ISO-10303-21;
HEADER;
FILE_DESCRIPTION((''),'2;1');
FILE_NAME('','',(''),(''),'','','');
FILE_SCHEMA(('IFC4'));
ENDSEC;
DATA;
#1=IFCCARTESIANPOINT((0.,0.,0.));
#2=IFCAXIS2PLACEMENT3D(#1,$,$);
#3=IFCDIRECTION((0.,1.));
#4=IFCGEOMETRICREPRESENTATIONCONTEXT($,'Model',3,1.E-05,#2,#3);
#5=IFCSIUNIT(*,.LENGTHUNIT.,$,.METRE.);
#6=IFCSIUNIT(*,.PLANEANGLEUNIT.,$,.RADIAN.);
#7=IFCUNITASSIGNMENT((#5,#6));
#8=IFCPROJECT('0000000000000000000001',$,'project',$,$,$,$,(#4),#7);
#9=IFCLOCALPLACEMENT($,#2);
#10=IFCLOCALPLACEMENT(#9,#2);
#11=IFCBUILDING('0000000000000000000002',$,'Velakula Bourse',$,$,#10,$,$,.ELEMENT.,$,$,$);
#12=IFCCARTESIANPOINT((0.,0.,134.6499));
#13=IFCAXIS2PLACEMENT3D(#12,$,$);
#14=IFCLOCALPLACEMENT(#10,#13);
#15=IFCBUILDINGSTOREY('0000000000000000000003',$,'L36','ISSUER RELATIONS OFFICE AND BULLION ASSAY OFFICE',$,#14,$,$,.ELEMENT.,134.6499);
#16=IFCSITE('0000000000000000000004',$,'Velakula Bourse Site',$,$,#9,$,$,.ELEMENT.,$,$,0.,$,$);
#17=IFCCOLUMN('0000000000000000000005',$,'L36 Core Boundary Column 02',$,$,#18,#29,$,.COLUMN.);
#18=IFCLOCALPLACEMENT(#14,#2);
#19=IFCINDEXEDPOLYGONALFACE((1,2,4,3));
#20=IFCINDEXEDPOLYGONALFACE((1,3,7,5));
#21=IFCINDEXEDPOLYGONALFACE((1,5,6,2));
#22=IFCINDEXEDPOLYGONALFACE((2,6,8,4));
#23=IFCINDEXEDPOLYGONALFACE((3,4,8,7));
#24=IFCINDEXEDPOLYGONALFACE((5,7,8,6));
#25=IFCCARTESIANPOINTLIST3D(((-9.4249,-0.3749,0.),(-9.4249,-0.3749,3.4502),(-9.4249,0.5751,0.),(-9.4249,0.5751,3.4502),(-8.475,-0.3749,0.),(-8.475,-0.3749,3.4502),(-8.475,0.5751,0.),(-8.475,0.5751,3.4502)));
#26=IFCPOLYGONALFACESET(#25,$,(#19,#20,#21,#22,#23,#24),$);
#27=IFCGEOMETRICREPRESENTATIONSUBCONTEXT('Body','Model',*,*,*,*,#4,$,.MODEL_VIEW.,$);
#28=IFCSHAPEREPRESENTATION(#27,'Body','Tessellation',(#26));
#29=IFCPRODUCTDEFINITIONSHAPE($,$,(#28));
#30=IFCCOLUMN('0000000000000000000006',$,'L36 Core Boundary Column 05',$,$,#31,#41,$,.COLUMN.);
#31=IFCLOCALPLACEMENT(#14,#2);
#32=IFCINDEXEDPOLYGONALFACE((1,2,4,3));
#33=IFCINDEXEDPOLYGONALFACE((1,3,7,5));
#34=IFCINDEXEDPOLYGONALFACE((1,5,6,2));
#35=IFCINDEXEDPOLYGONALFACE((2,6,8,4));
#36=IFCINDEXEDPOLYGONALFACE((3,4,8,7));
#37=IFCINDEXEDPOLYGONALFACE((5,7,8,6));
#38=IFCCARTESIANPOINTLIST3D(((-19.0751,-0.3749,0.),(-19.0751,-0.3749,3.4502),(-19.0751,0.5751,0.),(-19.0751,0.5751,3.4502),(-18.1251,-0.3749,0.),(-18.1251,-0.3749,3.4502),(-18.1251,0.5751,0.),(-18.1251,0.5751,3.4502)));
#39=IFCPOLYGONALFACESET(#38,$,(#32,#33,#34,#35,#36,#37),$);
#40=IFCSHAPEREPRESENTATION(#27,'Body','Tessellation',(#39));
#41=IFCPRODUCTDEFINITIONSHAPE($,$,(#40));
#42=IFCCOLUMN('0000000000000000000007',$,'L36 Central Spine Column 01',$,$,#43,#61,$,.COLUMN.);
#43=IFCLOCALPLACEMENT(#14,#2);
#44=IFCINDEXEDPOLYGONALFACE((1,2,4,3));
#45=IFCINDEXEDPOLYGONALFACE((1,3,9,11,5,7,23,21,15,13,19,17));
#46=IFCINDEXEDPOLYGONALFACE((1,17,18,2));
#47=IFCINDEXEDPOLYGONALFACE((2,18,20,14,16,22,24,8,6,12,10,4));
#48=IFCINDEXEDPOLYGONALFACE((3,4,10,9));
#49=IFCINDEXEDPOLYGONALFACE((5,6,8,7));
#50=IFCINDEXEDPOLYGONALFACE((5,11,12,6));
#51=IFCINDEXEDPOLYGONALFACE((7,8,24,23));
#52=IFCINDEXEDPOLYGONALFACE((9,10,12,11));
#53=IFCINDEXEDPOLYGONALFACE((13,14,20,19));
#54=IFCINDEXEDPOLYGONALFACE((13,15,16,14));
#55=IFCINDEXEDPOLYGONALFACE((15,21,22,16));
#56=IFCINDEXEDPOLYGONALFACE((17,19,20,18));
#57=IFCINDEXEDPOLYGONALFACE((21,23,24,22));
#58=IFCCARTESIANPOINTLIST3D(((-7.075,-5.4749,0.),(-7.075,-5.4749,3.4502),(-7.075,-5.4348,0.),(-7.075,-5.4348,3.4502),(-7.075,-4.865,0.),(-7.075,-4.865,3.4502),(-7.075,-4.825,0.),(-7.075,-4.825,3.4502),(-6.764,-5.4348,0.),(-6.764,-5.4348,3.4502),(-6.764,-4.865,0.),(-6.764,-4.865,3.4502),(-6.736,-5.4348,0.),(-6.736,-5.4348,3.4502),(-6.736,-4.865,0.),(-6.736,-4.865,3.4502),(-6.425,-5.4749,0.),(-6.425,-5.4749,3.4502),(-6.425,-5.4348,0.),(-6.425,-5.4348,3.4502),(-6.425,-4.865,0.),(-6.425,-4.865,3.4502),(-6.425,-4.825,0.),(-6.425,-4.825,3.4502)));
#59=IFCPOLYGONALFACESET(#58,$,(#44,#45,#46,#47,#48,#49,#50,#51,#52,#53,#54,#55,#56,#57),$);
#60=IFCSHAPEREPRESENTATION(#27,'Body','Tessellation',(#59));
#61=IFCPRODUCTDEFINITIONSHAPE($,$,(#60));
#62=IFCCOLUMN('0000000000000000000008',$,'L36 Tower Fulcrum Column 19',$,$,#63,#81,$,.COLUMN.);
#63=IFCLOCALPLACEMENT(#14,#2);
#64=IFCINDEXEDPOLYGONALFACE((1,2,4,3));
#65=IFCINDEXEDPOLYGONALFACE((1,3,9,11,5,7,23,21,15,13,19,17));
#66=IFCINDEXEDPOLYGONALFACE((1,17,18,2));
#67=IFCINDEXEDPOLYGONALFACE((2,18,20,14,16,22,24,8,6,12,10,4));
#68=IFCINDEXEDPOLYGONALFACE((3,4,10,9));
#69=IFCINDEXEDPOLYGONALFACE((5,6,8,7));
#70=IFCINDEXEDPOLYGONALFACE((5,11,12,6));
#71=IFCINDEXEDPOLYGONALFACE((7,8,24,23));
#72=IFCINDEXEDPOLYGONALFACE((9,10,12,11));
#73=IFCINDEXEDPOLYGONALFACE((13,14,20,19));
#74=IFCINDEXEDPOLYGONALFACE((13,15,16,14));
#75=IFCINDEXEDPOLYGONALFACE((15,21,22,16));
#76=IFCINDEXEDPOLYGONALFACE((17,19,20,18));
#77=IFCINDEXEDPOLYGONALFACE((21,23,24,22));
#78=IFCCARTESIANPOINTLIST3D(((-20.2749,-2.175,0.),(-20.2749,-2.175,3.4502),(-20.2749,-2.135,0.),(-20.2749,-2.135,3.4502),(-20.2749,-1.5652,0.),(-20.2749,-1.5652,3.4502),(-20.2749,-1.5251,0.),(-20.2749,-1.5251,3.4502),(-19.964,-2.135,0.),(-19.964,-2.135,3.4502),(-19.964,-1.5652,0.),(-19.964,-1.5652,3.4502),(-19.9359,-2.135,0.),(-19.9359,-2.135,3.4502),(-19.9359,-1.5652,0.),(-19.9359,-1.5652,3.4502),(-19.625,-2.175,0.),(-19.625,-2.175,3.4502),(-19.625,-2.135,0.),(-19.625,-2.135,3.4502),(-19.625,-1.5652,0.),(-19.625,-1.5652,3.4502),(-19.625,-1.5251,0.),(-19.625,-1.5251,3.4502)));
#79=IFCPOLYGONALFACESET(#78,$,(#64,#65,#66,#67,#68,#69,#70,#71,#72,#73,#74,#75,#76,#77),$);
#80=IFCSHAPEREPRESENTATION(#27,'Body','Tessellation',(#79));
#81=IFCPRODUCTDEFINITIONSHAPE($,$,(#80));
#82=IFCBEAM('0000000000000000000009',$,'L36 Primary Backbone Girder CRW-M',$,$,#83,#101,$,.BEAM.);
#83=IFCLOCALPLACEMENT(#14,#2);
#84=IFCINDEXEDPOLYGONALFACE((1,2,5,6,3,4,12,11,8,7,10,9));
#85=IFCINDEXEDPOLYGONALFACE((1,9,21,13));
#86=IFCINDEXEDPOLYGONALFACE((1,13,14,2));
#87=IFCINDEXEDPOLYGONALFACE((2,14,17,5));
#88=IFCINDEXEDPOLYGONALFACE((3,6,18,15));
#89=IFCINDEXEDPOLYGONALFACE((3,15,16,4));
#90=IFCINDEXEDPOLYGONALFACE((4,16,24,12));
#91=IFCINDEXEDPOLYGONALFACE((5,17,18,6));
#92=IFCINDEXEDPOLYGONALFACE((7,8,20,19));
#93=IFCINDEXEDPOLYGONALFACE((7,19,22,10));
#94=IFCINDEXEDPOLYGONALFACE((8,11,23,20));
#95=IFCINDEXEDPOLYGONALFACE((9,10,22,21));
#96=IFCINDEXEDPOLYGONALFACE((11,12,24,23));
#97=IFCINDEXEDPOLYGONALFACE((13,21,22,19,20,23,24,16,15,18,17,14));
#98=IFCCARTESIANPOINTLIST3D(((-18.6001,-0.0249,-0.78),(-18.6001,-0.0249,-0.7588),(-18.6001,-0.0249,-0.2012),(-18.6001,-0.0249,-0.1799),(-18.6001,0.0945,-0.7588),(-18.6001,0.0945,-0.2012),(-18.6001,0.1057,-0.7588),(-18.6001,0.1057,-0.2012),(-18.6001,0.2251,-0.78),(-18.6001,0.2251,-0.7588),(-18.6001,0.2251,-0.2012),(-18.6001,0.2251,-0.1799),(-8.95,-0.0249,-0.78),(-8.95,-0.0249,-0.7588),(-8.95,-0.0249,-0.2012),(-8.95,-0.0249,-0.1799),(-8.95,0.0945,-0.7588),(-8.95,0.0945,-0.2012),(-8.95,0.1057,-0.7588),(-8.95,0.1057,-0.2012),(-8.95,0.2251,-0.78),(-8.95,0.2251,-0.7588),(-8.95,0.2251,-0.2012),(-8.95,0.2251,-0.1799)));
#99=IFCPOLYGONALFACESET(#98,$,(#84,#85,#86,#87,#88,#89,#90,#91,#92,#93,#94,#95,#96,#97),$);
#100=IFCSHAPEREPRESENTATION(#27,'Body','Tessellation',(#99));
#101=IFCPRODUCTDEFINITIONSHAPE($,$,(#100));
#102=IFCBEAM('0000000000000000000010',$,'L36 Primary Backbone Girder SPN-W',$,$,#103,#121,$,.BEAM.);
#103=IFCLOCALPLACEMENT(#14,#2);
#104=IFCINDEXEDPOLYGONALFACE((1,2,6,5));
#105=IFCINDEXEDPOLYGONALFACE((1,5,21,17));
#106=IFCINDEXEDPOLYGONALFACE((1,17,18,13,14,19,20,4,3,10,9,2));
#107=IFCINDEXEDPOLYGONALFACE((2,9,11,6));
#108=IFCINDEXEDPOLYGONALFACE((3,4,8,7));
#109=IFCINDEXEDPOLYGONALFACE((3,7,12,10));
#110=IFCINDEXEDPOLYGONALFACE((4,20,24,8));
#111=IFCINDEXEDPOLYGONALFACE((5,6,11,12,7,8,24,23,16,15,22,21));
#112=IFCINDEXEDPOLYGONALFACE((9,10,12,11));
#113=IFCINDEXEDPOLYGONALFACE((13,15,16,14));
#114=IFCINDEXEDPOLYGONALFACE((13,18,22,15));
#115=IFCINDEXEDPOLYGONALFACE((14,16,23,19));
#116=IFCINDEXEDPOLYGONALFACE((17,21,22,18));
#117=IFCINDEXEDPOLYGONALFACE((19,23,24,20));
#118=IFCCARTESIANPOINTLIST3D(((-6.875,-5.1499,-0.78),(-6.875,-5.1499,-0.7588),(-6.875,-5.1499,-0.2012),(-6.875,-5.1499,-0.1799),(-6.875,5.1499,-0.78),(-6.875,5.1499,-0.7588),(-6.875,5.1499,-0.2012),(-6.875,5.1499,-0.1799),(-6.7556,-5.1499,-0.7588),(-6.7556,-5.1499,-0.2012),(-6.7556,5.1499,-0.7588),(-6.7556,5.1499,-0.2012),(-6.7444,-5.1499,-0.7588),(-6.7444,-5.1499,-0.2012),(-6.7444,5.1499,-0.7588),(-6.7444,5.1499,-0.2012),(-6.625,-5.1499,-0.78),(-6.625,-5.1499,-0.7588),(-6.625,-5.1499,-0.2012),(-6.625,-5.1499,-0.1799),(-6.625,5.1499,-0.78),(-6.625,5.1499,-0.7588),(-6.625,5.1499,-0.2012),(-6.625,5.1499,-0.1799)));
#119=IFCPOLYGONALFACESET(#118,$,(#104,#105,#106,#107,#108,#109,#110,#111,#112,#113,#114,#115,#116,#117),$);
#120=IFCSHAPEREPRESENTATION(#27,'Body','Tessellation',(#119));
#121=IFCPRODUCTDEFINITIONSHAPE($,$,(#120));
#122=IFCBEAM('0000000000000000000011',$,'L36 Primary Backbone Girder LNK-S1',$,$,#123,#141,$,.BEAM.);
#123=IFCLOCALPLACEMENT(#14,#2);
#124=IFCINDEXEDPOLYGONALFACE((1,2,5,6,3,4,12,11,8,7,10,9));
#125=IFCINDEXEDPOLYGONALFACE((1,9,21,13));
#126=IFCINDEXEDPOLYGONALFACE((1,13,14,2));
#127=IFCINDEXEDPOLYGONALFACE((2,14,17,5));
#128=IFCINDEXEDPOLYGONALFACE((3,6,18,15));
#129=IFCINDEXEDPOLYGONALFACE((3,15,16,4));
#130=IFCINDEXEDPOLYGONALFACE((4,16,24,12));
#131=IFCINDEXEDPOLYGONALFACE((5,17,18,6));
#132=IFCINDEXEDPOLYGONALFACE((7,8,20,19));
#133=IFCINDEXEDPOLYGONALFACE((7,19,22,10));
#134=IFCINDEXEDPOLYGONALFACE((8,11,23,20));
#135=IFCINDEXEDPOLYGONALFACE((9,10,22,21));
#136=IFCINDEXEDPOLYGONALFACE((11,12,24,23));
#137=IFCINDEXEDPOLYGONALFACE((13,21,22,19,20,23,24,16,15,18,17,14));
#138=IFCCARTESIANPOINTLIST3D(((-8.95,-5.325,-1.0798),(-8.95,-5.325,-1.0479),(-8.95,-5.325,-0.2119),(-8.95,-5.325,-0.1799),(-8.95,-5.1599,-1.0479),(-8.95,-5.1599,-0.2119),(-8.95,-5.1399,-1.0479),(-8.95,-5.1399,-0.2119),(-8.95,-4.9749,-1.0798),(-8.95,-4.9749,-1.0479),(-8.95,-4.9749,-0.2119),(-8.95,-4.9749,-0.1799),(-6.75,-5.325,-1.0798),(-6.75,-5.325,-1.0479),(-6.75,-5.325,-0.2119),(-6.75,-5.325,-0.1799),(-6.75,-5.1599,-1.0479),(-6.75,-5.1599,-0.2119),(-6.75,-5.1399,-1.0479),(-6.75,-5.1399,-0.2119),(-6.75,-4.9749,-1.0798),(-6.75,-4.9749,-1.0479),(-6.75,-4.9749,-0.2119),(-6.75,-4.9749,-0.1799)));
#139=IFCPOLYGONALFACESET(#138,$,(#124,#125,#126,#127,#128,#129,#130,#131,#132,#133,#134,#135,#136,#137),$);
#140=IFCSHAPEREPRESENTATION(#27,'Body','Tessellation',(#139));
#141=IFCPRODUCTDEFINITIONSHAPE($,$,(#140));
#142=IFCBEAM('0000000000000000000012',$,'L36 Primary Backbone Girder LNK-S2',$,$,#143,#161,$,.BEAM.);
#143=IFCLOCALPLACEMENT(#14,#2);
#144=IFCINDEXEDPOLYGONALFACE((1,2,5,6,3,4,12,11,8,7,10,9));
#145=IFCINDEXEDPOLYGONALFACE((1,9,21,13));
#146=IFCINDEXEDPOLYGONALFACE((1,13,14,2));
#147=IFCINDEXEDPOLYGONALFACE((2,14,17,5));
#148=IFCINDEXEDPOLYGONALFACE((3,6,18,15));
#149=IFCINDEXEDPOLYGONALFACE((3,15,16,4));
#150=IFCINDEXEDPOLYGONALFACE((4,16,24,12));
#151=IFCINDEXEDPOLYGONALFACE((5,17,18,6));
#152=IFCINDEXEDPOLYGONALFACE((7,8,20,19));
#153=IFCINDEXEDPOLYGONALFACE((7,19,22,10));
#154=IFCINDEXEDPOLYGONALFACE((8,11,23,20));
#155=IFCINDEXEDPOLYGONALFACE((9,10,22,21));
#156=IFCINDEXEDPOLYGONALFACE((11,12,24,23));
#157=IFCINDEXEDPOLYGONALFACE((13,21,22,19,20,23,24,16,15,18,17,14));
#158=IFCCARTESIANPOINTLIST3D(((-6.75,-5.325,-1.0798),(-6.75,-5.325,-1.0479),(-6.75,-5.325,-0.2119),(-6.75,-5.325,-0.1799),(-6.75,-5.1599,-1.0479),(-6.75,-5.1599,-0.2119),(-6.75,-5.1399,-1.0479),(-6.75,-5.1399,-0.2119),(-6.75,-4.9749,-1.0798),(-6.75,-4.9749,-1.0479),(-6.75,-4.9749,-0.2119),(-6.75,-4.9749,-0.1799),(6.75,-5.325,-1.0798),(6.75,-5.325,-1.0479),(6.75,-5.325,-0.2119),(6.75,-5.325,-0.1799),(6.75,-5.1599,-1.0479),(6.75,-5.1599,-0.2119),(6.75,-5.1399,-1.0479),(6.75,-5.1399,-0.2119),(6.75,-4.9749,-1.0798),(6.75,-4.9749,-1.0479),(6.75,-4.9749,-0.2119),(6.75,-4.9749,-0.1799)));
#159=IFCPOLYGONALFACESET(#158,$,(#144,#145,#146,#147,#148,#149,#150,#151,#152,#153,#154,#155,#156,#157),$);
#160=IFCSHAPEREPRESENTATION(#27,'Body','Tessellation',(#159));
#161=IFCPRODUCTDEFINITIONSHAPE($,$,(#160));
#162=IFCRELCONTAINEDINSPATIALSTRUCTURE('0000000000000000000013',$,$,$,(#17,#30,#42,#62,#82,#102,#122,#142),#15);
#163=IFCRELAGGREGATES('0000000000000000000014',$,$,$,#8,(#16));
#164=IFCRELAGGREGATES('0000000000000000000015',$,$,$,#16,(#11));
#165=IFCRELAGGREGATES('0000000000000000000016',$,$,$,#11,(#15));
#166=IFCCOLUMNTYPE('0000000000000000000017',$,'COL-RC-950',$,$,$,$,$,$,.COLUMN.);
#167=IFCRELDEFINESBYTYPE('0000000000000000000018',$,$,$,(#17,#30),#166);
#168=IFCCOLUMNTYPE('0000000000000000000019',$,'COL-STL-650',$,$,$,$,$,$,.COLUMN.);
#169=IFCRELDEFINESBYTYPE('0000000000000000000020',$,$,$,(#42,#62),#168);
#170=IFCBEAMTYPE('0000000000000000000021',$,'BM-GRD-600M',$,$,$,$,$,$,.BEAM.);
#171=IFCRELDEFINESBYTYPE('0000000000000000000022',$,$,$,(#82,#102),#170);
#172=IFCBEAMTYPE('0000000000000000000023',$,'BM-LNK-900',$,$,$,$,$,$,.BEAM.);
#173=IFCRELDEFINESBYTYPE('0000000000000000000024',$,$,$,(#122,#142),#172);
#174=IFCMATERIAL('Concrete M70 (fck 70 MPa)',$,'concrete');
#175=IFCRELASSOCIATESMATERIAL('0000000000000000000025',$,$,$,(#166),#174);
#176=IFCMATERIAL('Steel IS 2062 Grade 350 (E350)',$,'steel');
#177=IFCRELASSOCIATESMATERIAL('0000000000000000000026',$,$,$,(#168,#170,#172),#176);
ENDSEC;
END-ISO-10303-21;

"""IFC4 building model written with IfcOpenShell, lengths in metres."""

from ifc_helpers import new_model, si_unit, direction, frame, origin, origin_2d, place, context, subcontext, project, spatial, rectangle, i_section, extrude, material, material_profile, profile_set, type_object, element, save


model = new_model("IFC4")

# Units and contexts
model_context = context("Model", 3, precision=1e-05, world=origin(), true_north=direction((0.0, 1.0)))
body_context = subcontext(model_context, "Body", "Model", "MODEL_VIEW")
ifc_project = project(units=[si_unit("LENGTHUNIT", "METRE"), si_unit("PLANEANGLEUNIT", "RADIAN")], contexts=[model_context])

# Site, building, storey
site_placement = place(None, origin())
site = spatial("IfcSite", under=ifc_project, at=site_placement, Name="Velakula Bourse Site", CompositionType="ELEMENT", RefElevation=0.0)
building_placement = place(site_placement, origin())
building = spatial("IfcBuilding", under=site, at=building_placement, Name="Velakula Bourse", CompositionType="ELEMENT")
storey_placement = place(building_placement, frame((0.0, 0.0, 134.6499)))
storey = spatial("IfcBuildingStorey", under=building, at=storey_placement, Name="L36", Description="ISSUER RELATIONS OFFICE AND BULLION ASSAY OFFICE", CompositionType="ELEMENT", Elevation=134.6499)

# Columns
ifc_material_1 = material(Name="Concrete M70 (fck 70 MPa)", Category="concrete")
ifc_material_profile_1 = material_profile(ifc_material_1, rectangle(XDim=0.95, YDim=0.95, at=origin_2d()), Name="Concrete M70 (fck 70 MPa)")
ifc_profile_set_1 = profile_set([ifc_material_profile_1], Name="Concrete M70 (fck 70 MPa)")
column_type_1 = type_object("IfcColumnType", Name="COL-RC-950", PredefinedType="COLUMN", material=ifc_profile_set_1)
for number, where, z_axis, x_axis, name in (
    (1, (-8.95, 0.1001, 0.0), (0.0, 0.0, 1.0), (1.0, 0.0, 0.0), "L36 Core Boundary Column 02"),
    (2, (-18.6001, 0.1001, 0.0), (0.0, 0.0, 1.0), (1.0, 0.0, 0.0), "L36 Core Boundary Column 05"),
):
    element("IfcColumn", number, at=place(storey_placement, frame(where, z_axis=z_axis, x_axis=x_axis)), inside=storey, type_object=column_type_1, Name=name, PredefinedType="COLUMN", context=body_context, shape_type="SweptSolid", body=[
        extrude(rectangle(XDim=0.95, YDim=0.95, at=origin_2d()), origin(), (0.0, 0.0, 1.0), 3.4502),
    ])
ifc_material_2 = material(Name="Steel IS 2062 Grade 350 (E350)", Category="steel")
ifc_material_profile_2 = material_profile(ifc_material_2, i_section(OverallWidth=0.6499, OverallDepth=0.6499, WebThickness=0.0281, FlangeThickness=0.04, at=origin_2d()), Name="Steel IS 2062 Grade 350 (E350)")
ifc_profile_set_2 = profile_set([ifc_material_profile_2], Name="Steel IS 2062 Grade 350 (E350)")
column_type_2 = type_object("IfcColumnType", Name="COL-STL-650", PredefinedType="COLUMN", material=ifc_profile_set_2)
for number, where, z_axis, x_axis, name in (
    (3, (-6.75, -5.1499, 0.0), (0.0, 0.0, 1.0), (1.0, 0.0, 0.0), "L36 Central Spine Column 01"),
    (4, (-19.95, -1.8501, 0.0), (0.0, 0.0, 1.0), (1.0, 0.0, 0.0), "L36 Tower Fulcrum Column 19"),
):
    element("IfcColumn", number, at=place(storey_placement, frame(where, z_axis=z_axis, x_axis=x_axis)), inside=storey, type_object=column_type_2, Name=name, PredefinedType="COLUMN", context=body_context, shape_type="SweptSolid", body=[
        extrude(i_section(OverallWidth=0.6499, OverallDepth=0.6499, WebThickness=0.0281, FlangeThickness=0.04, at=origin_2d()), origin(), (0.0, 0.0, 1.0), 3.4502),
    ])

# Beams
ifc_material_profile_3 = material_profile(ifc_material_2, i_section(OverallWidth=0.25, OverallDepth=0.6001, WebThickness=0.0112, FlangeThickness=0.0212, at=origin_2d()), Name="Steel IS 2062 Grade 350 (E350)")
ifc_profile_set_3 = profile_set([ifc_material_profile_3], Name="Steel IS 2062 Grade 350 (E350)")
beam_type_1 = type_object("IfcBeamType", Name="BM-GRD-600M", PredefinedType="BEAM", material=ifc_profile_set_3)
beam_1_placement = place(storey_placement, frame((-18.6001, 0.1001, -0.48), z_axis=(1.0, 0.0, 0.0), x_axis=(0.0, 1.0, 0.0)))
element("IfcBeam", 5, at=beam_1_placement, inside=storey, type_object=beam_type_1, Name="L36 Primary Backbone Girder CRW-M", PredefinedType="BEAM", context=body_context, shape_type="SweptSolid", body=[
    extrude(i_section(OverallWidth=0.25, OverallDepth=0.6001, WebThickness=0.0112, FlangeThickness=0.0212, at=origin_2d()), origin(), (0.0, 0.0, 1.0), 9.6501),
])
beam_2_placement = place(storey_placement, frame((-6.75, -5.1499, -0.48), z_axis=(0.0, 1.0, 0.0), x_axis=(-1.0, 0.0, 0.0)))
element("IfcBeam", 6, at=beam_2_placement, inside=storey, type_object=beam_type_1, Name="L36 Primary Backbone Girder SPN-W", PredefinedType="BEAM", context=body_context, shape_type="SweptSolid", body=[
    extrude(i_section(OverallWidth=0.25, OverallDepth=0.6001, WebThickness=0.0112, FlangeThickness=0.0212, at=origin_2d()), origin(), (0.0, 0.0, 1.0), 10.2998),
])
ifc_material_profile_4 = material_profile(ifc_material_2, i_section(OverallWidth=0.3501, OverallDepth=0.8999, WebThickness=0.02, FlangeThickness=0.032, at=origin_2d()), Name="Steel IS 2062 Grade 350 (E350)")
ifc_profile_set_4 = profile_set([ifc_material_profile_4], Name="Steel IS 2062 Grade 350 (E350)")
beam_type_2 = type_object("IfcBeamType", Name="BM-LNK-900", PredefinedType="BEAM", material=ifc_profile_set_4)
beam_3_placement = place(storey_placement, frame((-8.95, -5.1499, -0.6299), z_axis=(1.0, 0.0, 0.0), x_axis=(0.0, 1.0, 0.0)))
element("IfcBeam", 7, at=beam_3_placement, inside=storey, type_object=beam_type_2, Name="L36 Primary Backbone Girder LNK-S1", PredefinedType="BEAM", context=body_context, shape_type="SweptSolid", body=[
    extrude(i_section(OverallWidth=0.3501, OverallDepth=0.8999, WebThickness=0.02, FlangeThickness=0.032, at=origin_2d()), origin(), (0.0, 0.0, 1.0), 2.2),
])
beam_4_placement = place(storey_placement, frame((-6.75, -5.1499, -0.6299), z_axis=(1.0, 0.0, 0.0), x_axis=(0.0, 1.0, 0.0)))
element("IfcBeam", 8, at=beam_4_placement, inside=storey, type_object=beam_type_2, Name="L36 Primary Backbone Girder LNK-S2", PredefinedType="BEAM", context=body_context, shape_type="SweptSolid", body=[
    extrude(i_section(OverallWidth=0.3501, OverallDepth=0.8999, WebThickness=0.02, FlangeThickness=0.032, at=origin_2d()), origin(), (0.0, 0.0, 1.0), 13.5),
])

save(model, "model.ifc")
